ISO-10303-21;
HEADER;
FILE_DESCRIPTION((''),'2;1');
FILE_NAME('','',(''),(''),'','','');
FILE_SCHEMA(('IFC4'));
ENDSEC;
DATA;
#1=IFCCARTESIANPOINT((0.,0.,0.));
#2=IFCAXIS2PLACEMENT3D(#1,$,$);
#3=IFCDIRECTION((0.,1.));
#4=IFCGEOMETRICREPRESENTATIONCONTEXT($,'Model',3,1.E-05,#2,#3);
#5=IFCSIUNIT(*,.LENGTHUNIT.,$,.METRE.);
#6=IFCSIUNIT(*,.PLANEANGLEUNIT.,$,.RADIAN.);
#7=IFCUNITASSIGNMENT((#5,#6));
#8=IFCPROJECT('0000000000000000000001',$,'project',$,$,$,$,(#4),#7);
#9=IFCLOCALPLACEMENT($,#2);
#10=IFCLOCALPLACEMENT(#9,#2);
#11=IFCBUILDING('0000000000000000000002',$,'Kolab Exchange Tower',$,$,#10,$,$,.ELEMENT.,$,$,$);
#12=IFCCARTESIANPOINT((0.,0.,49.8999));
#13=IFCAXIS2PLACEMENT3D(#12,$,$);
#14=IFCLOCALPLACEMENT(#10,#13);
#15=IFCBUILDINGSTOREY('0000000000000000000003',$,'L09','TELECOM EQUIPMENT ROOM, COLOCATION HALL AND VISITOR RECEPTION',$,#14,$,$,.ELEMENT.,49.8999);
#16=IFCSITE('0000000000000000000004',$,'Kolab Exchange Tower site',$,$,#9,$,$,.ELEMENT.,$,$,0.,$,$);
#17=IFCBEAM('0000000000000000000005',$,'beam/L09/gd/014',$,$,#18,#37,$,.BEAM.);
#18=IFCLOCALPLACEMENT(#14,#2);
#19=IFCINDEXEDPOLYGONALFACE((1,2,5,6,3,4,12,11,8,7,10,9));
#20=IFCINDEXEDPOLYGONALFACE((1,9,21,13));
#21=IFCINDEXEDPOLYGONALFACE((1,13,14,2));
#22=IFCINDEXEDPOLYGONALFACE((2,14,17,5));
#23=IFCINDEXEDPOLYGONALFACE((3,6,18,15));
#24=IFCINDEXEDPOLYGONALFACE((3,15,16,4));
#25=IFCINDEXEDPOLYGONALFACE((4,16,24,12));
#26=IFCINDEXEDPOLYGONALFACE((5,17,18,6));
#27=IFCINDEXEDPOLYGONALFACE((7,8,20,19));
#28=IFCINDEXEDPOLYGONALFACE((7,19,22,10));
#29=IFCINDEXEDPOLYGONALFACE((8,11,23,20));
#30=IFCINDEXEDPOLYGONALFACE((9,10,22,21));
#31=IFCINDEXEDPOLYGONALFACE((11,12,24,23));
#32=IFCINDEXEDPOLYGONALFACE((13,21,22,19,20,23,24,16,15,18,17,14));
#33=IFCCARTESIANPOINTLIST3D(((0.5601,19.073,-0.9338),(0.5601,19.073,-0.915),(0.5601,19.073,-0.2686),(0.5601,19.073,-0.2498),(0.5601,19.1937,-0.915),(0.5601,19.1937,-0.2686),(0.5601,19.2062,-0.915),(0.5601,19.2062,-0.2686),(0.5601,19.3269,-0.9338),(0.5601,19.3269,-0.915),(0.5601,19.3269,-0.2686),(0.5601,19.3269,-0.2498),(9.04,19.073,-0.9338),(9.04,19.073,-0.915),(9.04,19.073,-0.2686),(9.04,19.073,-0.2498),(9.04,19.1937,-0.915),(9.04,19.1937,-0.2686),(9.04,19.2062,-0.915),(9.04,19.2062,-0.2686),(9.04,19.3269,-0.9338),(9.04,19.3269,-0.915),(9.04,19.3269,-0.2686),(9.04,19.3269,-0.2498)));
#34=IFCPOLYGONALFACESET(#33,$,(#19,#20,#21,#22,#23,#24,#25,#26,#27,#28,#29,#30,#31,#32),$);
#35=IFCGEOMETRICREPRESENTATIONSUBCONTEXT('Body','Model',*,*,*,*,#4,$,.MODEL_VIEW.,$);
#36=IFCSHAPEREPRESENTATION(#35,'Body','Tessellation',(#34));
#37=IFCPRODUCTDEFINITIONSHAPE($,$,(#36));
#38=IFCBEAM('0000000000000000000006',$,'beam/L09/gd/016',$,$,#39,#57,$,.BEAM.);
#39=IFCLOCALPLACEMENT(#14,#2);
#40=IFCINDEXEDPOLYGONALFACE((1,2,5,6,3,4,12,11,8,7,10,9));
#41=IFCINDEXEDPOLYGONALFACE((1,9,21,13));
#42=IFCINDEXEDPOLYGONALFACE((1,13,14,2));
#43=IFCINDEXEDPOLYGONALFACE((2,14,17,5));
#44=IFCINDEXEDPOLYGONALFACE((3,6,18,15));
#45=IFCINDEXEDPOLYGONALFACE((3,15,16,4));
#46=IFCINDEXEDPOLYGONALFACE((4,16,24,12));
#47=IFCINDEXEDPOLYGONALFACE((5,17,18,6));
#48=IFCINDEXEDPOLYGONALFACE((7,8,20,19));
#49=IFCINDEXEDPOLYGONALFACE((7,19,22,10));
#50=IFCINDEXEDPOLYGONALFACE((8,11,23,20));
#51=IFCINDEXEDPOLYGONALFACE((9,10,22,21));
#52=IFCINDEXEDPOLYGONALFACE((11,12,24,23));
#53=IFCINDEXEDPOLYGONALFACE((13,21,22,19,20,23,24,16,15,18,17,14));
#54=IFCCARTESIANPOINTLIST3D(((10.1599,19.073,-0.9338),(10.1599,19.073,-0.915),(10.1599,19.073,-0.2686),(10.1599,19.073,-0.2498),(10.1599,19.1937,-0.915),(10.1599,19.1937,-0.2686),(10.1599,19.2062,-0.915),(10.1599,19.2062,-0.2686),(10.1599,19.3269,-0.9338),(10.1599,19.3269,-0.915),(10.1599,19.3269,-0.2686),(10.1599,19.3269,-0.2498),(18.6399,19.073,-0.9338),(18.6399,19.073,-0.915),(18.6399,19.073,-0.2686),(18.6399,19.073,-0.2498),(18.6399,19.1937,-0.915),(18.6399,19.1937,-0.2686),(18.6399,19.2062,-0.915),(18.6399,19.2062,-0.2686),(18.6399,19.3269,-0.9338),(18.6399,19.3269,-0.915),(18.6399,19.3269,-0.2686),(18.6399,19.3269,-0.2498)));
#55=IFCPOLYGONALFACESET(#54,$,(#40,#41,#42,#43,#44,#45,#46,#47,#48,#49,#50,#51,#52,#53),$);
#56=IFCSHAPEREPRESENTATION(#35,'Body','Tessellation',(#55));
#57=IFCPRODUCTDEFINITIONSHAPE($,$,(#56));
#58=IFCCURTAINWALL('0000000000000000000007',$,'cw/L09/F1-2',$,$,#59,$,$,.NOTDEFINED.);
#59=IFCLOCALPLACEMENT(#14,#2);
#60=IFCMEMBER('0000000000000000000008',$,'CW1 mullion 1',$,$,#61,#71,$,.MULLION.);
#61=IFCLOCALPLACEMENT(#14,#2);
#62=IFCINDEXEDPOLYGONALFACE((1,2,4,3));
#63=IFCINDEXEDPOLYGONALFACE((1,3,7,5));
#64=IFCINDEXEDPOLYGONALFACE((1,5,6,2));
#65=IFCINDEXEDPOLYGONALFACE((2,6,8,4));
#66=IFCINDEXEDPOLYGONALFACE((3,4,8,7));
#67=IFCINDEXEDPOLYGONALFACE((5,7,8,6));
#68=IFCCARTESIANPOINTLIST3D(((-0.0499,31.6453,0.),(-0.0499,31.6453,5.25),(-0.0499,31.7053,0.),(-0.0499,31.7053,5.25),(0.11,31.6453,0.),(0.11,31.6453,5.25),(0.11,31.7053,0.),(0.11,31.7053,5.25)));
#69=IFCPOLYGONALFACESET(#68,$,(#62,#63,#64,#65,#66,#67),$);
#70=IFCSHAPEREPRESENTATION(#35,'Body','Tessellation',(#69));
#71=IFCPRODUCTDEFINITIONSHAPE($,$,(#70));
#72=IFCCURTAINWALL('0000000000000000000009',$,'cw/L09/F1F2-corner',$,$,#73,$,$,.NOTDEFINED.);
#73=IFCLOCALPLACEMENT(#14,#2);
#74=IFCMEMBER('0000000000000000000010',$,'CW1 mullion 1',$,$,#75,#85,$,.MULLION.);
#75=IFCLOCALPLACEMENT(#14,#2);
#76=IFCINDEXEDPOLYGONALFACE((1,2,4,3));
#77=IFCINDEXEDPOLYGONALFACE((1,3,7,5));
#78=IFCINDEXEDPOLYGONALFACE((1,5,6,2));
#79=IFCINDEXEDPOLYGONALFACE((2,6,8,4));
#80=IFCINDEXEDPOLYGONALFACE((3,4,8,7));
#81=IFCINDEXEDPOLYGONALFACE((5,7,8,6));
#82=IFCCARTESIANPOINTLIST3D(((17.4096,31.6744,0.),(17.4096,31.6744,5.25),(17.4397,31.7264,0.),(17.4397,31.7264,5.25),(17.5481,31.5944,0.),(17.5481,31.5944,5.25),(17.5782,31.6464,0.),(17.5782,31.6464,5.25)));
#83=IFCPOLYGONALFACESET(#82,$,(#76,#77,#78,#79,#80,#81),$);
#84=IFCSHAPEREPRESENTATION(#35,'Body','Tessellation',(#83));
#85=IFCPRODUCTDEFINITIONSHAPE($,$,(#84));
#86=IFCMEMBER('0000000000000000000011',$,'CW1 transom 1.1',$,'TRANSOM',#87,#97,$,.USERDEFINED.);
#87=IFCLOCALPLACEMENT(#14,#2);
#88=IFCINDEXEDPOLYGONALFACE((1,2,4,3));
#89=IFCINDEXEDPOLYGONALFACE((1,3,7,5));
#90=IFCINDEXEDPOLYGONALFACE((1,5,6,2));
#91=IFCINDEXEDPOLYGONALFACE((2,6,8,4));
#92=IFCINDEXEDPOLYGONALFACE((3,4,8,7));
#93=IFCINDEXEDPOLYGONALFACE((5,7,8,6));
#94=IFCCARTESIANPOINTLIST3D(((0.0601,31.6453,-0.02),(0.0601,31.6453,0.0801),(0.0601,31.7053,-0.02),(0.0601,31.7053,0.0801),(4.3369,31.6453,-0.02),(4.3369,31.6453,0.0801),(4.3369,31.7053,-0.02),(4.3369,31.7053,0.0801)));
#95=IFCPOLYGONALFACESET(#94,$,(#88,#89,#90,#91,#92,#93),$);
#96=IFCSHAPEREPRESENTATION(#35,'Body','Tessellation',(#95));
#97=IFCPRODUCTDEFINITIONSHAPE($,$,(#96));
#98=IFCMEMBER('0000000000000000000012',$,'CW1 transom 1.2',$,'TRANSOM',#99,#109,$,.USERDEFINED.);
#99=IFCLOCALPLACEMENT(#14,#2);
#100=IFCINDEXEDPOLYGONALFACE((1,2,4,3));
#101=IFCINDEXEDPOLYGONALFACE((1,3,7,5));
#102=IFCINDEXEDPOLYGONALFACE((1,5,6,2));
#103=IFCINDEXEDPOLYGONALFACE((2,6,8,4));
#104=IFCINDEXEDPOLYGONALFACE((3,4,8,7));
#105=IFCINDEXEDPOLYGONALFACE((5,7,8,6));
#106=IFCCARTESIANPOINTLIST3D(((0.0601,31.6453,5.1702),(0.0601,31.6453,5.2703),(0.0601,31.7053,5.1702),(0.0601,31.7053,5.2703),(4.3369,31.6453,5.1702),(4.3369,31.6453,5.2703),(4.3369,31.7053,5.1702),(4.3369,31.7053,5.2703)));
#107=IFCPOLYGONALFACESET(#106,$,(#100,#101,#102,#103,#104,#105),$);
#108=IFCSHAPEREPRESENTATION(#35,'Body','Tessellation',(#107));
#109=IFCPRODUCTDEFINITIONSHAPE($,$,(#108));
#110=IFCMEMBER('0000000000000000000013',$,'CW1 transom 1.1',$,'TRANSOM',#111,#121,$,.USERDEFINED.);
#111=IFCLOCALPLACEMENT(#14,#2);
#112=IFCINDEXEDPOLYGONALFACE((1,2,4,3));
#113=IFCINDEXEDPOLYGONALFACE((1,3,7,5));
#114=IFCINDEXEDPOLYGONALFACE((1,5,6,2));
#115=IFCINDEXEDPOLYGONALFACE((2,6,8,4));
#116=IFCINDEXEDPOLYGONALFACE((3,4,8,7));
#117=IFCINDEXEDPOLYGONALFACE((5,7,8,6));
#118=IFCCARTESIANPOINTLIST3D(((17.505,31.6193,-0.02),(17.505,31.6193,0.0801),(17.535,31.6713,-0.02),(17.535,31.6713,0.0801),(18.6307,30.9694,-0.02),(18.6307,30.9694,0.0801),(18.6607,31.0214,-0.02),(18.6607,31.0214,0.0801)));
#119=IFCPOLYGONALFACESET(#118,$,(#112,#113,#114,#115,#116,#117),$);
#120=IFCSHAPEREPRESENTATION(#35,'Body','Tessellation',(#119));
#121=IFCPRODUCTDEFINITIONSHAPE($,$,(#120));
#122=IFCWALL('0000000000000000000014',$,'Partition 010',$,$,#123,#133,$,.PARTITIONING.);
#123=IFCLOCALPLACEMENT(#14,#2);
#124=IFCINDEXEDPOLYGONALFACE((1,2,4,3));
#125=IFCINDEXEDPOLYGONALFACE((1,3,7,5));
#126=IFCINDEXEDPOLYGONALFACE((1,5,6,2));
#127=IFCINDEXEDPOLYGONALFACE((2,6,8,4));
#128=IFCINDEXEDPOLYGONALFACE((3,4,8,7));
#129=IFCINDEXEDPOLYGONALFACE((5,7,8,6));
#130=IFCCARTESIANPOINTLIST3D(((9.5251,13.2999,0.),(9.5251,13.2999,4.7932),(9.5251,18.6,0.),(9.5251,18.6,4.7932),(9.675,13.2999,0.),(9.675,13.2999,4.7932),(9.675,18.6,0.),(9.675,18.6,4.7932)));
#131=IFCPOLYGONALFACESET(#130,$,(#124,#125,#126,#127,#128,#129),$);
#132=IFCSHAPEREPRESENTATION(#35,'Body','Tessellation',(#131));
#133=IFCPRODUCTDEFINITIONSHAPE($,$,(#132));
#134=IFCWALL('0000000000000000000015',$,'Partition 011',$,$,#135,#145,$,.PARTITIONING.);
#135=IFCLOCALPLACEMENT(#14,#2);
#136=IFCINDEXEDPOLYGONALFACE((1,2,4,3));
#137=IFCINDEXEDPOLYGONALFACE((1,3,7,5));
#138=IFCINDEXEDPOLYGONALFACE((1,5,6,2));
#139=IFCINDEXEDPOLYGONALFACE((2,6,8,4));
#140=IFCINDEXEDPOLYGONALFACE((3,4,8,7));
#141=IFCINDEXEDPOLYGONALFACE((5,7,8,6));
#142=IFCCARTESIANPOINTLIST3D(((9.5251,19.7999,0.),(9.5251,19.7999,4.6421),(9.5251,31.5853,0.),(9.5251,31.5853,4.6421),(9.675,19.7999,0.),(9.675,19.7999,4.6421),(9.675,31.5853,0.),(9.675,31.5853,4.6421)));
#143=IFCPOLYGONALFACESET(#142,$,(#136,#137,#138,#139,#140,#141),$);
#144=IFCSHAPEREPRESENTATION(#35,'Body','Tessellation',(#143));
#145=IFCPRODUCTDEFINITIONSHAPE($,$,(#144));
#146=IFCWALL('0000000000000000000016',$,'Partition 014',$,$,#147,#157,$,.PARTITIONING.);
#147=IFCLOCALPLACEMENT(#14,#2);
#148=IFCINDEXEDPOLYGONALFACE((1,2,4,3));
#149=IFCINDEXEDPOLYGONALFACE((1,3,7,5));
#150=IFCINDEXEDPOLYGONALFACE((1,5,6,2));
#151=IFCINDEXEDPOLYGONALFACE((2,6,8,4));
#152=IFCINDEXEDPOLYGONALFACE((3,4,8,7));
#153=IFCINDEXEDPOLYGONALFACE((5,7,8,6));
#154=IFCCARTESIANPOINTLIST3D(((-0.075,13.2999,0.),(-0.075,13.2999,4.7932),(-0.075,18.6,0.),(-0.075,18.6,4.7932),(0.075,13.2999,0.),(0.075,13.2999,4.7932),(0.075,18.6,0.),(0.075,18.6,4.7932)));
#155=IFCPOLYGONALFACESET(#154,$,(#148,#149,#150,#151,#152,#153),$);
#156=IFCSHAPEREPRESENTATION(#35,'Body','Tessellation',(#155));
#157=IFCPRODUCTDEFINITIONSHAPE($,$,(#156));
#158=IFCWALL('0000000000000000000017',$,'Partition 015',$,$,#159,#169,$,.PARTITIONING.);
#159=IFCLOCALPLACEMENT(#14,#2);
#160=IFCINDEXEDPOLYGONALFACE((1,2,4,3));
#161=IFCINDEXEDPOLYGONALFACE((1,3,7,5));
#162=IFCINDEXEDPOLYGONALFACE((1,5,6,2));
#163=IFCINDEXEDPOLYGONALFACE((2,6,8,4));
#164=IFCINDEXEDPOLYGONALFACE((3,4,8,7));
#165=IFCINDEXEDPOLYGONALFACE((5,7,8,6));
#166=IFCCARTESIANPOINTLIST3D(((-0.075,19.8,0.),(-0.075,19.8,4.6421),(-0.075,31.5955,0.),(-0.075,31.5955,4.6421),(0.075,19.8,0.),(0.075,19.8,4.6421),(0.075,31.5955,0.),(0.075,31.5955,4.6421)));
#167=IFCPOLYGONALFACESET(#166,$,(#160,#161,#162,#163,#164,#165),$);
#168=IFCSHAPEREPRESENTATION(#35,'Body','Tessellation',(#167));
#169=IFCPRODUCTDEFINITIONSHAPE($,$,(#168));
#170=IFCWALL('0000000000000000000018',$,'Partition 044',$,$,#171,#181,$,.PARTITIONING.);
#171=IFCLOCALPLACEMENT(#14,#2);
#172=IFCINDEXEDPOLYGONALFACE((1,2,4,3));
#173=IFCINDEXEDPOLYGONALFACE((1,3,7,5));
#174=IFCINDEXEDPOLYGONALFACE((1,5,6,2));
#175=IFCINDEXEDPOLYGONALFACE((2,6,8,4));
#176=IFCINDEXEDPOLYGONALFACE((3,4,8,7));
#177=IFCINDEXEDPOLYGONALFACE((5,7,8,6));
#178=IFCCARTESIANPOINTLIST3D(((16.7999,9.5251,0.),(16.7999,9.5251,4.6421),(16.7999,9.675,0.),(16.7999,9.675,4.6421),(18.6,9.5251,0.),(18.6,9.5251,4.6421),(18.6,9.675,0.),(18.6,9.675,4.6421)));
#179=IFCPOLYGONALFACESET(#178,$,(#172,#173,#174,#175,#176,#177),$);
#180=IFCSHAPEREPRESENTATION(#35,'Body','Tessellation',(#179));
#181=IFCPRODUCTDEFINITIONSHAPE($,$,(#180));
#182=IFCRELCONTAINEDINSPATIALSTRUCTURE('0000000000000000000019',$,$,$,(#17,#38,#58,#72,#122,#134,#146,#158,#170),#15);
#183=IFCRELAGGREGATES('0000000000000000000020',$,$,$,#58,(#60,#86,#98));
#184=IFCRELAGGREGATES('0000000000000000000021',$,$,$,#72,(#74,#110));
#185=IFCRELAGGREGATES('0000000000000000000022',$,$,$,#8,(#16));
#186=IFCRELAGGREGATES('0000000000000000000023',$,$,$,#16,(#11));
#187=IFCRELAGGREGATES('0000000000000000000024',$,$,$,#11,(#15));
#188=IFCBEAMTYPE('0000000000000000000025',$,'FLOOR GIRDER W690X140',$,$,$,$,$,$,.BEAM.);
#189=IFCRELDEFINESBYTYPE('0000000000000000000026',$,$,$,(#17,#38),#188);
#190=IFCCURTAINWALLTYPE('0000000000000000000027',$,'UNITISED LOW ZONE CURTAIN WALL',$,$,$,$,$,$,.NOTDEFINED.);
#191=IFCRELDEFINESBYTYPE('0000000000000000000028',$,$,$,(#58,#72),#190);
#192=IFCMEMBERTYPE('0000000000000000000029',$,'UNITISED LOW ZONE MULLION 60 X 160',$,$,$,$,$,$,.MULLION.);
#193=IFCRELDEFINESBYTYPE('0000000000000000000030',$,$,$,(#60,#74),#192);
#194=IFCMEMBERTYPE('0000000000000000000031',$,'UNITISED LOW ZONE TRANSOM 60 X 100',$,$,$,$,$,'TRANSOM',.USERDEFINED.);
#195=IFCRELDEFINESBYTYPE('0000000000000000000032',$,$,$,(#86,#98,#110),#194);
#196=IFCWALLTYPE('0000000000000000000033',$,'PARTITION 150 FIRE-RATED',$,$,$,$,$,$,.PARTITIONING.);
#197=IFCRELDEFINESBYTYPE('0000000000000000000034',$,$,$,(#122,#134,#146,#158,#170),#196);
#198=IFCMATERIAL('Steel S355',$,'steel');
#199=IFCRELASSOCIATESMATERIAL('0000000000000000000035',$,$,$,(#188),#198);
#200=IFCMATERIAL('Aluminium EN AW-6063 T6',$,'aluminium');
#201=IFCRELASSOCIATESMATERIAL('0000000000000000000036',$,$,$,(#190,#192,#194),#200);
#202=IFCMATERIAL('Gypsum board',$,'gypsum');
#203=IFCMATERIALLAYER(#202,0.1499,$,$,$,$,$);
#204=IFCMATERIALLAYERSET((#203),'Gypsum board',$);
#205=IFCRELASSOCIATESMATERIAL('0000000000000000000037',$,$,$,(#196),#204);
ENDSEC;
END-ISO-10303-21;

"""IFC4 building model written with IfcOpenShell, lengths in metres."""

from ifc_helpers import new_model, si_unit, direction, frame, frame_2d, origin, origin_2d, place, context, subcontext, project, spatial, rectangle, i_section, extrude, material, layer, layer_set, material_profile, profile_set, type_object, element, aggregate, save


model = new_model("IFC4")

# Units and contexts
model_context = context("Model", 3, precision=1e-05, world=origin(), true_north=direction((0.0, 1.0)))
body_context = subcontext(model_context, "Body", "Model", "MODEL_VIEW")
ifc_project = project(units=[si_unit("LENGTHUNIT", "METRE"), si_unit("PLANEANGLEUNIT", "RADIAN")], contexts=[model_context])

# Site, building, storey
site_placement = place(None, origin())
site = spatial("IfcSite", under=ifc_project, at=site_placement, Name="Kolab Exchange Tower site", CompositionType="ELEMENT", RefElevation=0.0)
building_placement = place(site_placement, origin())
building = spatial("IfcBuilding", under=site, at=building_placement, Name="Kolab Exchange Tower", CompositionType="ELEMENT")
storey_placement = place(building_placement, frame((0.0, 0.0, 49.8999)))
storey = spatial("IfcBuildingStorey", under=building, at=storey_placement, Name="L09", Description="TELECOM EQUIPMENT ROOM, COLOCATION HALL AND VISITOR RECEPTION", CompositionType="ELEMENT", Elevation=49.8999)

# Beams
ifc_material_1 = material(Name="Steel S355", Category="steel")
ifc_material_profile_1 = material_profile(ifc_material_1, i_section(OverallWidth=0.2539, OverallDepth=0.6841, WebThickness=0.0125, FlangeThickness=0.0188, at=origin_2d()), Name="W690X140")
ifc_profile_set_1 = profile_set([ifc_material_profile_1], Name="Steel S355")
beam_type_1 = type_object("IfcBeamType", Name="FLOOR GIRDER W690X140", PredefinedType="BEAM", material=ifc_profile_set_1)
for number, where, z_axis, x_axis, name in (
    (1, (0.5601, 19.2, -0.5918), (1.0, 0.0, 0.0), (0.0, 1.0, 0.0), "beam/L09/gd/014"),
    (2, (10.1599, 19.2, -0.5918), (1.0, 0.0, 0.0), (0.0, 1.0, 0.0), "beam/L09/gd/016"),
):
    element("IfcBeam", number, at=place(storey_placement, frame(where, z_axis=z_axis, x_axis=x_axis)), inside=storey, type_object=beam_type_1, Name=name, PredefinedType="BEAM", context=body_context, shape_type="SweptSolid", body=[
        extrude(i_section(OverallWidth=0.2539, OverallDepth=0.6841, WebThickness=0.0125, FlangeThickness=0.0188, at=origin_2d()), origin(), (0.0, 0.0, 1.0), 8.48),
    ])

# Curtain walls, members
ifc_material_2 = material(Name="Aluminium EN AW-6063 T6", Category="aluminium")
curtain_wall_type = type_object("IfcCurtainWallType", Name="UNITISED LOW ZONE CURTAIN WALL", PredefinedType="NOTDEFINED", material=ifc_material_2)
curtain_wall_1_placement = place(storey_placement, origin())
curtain_wall_1 = element("IfcCurtainWall", 3, at=curtain_wall_1_placement, inside=storey, type_object=curtain_wall_type, Name="cw/L09/F1-2", PredefinedType="NOTDEFINED")
ifc_material_profile_2 = material_profile(ifc_material_2, rectangle(XDim=0.0601, YDim=0.1599, at=origin_2d()), Name="RECT 60X160")
ifc_profile_set_2 = profile_set([ifc_material_profile_2], Name="Aluminium EN AW-6063 T6")
member_type_1 = type_object("IfcMemberType", Name="UNITISED LOW ZONE MULLION 60 X 160", PredefinedType="MULLION", material=ifc_profile_set_2)
member_1_placement = place(storey_placement, frame((0.03, 31.6753, 0.0), z_axis=(0.0, 0.0, 1.0), x_axis=(0.0, 1.0, 0.0)))
member_1 = element("IfcMember", 4, at=member_1_placement, type_object=member_type_1, Name="CW1 mullion 1", PredefinedType="MULLION", context=body_context, shape_type="SweptSolid", body=[
    extrude(rectangle(XDim=0.0601, YDim=0.1599, at=origin_2d()), origin(), (0.0, 0.0, 1.0), 5.25),
])
curtain_wall_2_placement = place(storey_placement, origin())
curtain_wall_2 = element("IfcCurtainWall", 5, at=curtain_wall_2_placement, inside=storey, type_object=curtain_wall_type, Name="cw/L09/F1F2-corner", PredefinedType="NOTDEFINED")
member_2_placement = place(storey_placement, frame((17.4939, 31.6604, 0.0), z_axis=(0.0, 0.0, 1.0), x_axis=(0.5, 0.866025, 0.0)))
member_2 = element("IfcMember", 6, at=member_2_placement, type_object=member_type_1, Name="CW1 mullion 1", PredefinedType="MULLION", context=body_context, shape_type="SweptSolid", body=[
    extrude(rectangle(XDim=0.0601, YDim=0.1599, at=origin_2d()), origin(), (0.0, 0.0, 1.0), 5.25),
])

# Members
ifc_material_profile_3 = material_profile(ifc_material_2, rectangle(XDim=0.0601, YDim=0.1001, at=origin_2d()), Name="RECT 60X100")
ifc_profile_set_3 = profile_set([ifc_material_profile_3], Name="Aluminium EN AW-6063 T6")
member_type_2 = type_object("IfcMemberType", Name="UNITISED LOW ZONE TRANSOM 60 X 100", ElementType="TRANSOM", PredefinedType="USERDEFINED", material=ifc_profile_set_3)
member_3_placement = place(storey_placement, frame((0.0601, 31.6753, 0.03), z_axis=(1.0, 0.0, 0.0), x_axis=(0.0, 1.0, 0.0)))
member_3 = element("IfcMember", 7, at=member_3_placement, type_object=member_type_2, Name="CW1 transom 1.1", ObjectType="TRANSOM", PredefinedType="USERDEFINED", context=body_context, shape_type="SweptSolid", body=[
    extrude(rectangle(XDim=0.0601, YDim=0.1001, at=origin_2d()), origin(), (0.0, 0.0, 1.0), 4.2769),
])
member_4_placement = place(storey_placement, frame((0.0601, 31.6753, 5.2202), z_axis=(1.0, 0.0, 0.0), x_axis=(0.0, 1.0, 0.0)))
member_4 = element("IfcMember", 8, at=member_4_placement, type_object=member_type_2, Name="CW1 transom 1.2", ObjectType="TRANSOM", PredefinedType="USERDEFINED", context=body_context, shape_type="SweptSolid", body=[
    extrude(rectangle(XDim=0.0601, YDim=0.1001, at=origin_2d()), origin(), (0.0, 0.0, 1.0), 4.2769),
])
aggregate(curtain_wall_1, [member_1, member_3, member_4])
member_5_placement = place(storey_placement, frame((17.52, 31.6453, 0.03), z_axis=(0.866039, -0.499977, 0.0), x_axis=(0.499977, 0.866039, 0.0)))
member_5 = element("IfcMember", 9, at=member_5_placement, type_object=member_type_2, Name="CW1 transom 1.1", ObjectType="TRANSOM", PredefinedType="USERDEFINED", context=body_context, shape_type="SweptSolid", body=[
    extrude(rectangle(XDim=0.0601, YDim=0.1001, at=origin_2d()), origin(), (0.0, 0.0, 1.0), 1.2998),
])
aggregate(curtain_wall_2, [member_2, member_5])

# Walls
ifc_material_3 = material(Name="Gypsum board", Category="gypsum")
ifc_layer = layer(ifc_material_3, 0.1499)
ifc_layer_set = layer_set([ifc_layer], Name="Gypsum board")
wall_type = type_object("IfcWallType", Name="PARTITION 150 FIRE-RATED", PredefinedType="PARTITIONING", material=ifc_layer_set)
wall_1_placement = place(storey_placement, frame((9.6001, 13.3, 0.0), z_axis=(0.0, 0.0, 1.0), x_axis=(0.0, 1.0, 0.0)))
element("IfcWall", 10, at=wall_1_placement, inside=storey, type_object=wall_type, Name="Partition 010", PredefinedType="PARTITIONING", context=body_context, shape_type="SweptSolid", body=[
    extrude(rectangle(XDim=5.3, YDim=0.1499, at=frame_2d((2.6499, 0.0))), origin(), (0.0, 0.0, 1.0), 4.7932),
])
wall_2_placement = place(storey_placement, frame((9.6001, 19.8, 0.0), z_axis=(0.0, 0.0, 1.0), x_axis=(0.0, 1.0, 0.0)))
element("IfcWall", 11, at=wall_2_placement, inside=storey, type_object=wall_type, Name="Partition 011", PredefinedType="PARTITIONING", context=body_context, shape_type="SweptSolid", body=[
    extrude(rectangle(XDim=11.7854, YDim=0.1499, at=frame_2d((5.8926, 0.0))), origin(), (0.0, 0.0, 1.0), 4.6421),
])
wall_3_placement = place(storey_placement, frame((0.0, 13.3, 0.0), z_axis=(0.0, 0.0, 1.0), x_axis=(0.0, 1.0, 0.0)))
element("IfcWall", 12, at=wall_3_placement, inside=storey, type_object=wall_type, Name="Partition 014", PredefinedType="PARTITIONING", context=body_context, shape_type="SweptSolid", body=[
    extrude(rectangle(XDim=5.3, YDim=0.1499, at=frame_2d((2.6499, 0.0))), origin(), (0.0, 0.0, 1.0), 4.7932),
])
wall_4_placement = place(storey_placement, frame((0.0, 19.8, 0.0), z_axis=(0.0, 0.0, 1.0), x_axis=(0.0, 1.0, 0.0)))
element("IfcWall", 13, at=wall_4_placement, inside=storey, type_object=wall_type, Name="Partition 015", PredefinedType="PARTITIONING", context=body_context, shape_type="SweptSolid", body=[
    extrude(rectangle(XDim=11.7954, YDim=0.1499, at=frame_2d((5.8977, 0.0))), origin(), (0.0, 0.0, 1.0), 4.6421),
])
wall_5_placement = place(storey_placement, frame((16.8, 9.6001, 0.0), z_axis=(0.0, 0.0, 1.0), x_axis=(1.0, 0.0, 0.0)))
element("IfcWall", 14, at=wall_5_placement, inside=storey, type_object=wall_type, Name="Partition 044", PredefinedType="PARTITIONING", context=body_context, shape_type="SweptSolid", body=[
    extrude(rectangle(XDim=1.8, YDim=0.1499, at=frame_2d((0.8999, 0.0))), origin(), (0.0, 0.0, 1.0), 4.6421),
])

save(model, "model.ifc")
